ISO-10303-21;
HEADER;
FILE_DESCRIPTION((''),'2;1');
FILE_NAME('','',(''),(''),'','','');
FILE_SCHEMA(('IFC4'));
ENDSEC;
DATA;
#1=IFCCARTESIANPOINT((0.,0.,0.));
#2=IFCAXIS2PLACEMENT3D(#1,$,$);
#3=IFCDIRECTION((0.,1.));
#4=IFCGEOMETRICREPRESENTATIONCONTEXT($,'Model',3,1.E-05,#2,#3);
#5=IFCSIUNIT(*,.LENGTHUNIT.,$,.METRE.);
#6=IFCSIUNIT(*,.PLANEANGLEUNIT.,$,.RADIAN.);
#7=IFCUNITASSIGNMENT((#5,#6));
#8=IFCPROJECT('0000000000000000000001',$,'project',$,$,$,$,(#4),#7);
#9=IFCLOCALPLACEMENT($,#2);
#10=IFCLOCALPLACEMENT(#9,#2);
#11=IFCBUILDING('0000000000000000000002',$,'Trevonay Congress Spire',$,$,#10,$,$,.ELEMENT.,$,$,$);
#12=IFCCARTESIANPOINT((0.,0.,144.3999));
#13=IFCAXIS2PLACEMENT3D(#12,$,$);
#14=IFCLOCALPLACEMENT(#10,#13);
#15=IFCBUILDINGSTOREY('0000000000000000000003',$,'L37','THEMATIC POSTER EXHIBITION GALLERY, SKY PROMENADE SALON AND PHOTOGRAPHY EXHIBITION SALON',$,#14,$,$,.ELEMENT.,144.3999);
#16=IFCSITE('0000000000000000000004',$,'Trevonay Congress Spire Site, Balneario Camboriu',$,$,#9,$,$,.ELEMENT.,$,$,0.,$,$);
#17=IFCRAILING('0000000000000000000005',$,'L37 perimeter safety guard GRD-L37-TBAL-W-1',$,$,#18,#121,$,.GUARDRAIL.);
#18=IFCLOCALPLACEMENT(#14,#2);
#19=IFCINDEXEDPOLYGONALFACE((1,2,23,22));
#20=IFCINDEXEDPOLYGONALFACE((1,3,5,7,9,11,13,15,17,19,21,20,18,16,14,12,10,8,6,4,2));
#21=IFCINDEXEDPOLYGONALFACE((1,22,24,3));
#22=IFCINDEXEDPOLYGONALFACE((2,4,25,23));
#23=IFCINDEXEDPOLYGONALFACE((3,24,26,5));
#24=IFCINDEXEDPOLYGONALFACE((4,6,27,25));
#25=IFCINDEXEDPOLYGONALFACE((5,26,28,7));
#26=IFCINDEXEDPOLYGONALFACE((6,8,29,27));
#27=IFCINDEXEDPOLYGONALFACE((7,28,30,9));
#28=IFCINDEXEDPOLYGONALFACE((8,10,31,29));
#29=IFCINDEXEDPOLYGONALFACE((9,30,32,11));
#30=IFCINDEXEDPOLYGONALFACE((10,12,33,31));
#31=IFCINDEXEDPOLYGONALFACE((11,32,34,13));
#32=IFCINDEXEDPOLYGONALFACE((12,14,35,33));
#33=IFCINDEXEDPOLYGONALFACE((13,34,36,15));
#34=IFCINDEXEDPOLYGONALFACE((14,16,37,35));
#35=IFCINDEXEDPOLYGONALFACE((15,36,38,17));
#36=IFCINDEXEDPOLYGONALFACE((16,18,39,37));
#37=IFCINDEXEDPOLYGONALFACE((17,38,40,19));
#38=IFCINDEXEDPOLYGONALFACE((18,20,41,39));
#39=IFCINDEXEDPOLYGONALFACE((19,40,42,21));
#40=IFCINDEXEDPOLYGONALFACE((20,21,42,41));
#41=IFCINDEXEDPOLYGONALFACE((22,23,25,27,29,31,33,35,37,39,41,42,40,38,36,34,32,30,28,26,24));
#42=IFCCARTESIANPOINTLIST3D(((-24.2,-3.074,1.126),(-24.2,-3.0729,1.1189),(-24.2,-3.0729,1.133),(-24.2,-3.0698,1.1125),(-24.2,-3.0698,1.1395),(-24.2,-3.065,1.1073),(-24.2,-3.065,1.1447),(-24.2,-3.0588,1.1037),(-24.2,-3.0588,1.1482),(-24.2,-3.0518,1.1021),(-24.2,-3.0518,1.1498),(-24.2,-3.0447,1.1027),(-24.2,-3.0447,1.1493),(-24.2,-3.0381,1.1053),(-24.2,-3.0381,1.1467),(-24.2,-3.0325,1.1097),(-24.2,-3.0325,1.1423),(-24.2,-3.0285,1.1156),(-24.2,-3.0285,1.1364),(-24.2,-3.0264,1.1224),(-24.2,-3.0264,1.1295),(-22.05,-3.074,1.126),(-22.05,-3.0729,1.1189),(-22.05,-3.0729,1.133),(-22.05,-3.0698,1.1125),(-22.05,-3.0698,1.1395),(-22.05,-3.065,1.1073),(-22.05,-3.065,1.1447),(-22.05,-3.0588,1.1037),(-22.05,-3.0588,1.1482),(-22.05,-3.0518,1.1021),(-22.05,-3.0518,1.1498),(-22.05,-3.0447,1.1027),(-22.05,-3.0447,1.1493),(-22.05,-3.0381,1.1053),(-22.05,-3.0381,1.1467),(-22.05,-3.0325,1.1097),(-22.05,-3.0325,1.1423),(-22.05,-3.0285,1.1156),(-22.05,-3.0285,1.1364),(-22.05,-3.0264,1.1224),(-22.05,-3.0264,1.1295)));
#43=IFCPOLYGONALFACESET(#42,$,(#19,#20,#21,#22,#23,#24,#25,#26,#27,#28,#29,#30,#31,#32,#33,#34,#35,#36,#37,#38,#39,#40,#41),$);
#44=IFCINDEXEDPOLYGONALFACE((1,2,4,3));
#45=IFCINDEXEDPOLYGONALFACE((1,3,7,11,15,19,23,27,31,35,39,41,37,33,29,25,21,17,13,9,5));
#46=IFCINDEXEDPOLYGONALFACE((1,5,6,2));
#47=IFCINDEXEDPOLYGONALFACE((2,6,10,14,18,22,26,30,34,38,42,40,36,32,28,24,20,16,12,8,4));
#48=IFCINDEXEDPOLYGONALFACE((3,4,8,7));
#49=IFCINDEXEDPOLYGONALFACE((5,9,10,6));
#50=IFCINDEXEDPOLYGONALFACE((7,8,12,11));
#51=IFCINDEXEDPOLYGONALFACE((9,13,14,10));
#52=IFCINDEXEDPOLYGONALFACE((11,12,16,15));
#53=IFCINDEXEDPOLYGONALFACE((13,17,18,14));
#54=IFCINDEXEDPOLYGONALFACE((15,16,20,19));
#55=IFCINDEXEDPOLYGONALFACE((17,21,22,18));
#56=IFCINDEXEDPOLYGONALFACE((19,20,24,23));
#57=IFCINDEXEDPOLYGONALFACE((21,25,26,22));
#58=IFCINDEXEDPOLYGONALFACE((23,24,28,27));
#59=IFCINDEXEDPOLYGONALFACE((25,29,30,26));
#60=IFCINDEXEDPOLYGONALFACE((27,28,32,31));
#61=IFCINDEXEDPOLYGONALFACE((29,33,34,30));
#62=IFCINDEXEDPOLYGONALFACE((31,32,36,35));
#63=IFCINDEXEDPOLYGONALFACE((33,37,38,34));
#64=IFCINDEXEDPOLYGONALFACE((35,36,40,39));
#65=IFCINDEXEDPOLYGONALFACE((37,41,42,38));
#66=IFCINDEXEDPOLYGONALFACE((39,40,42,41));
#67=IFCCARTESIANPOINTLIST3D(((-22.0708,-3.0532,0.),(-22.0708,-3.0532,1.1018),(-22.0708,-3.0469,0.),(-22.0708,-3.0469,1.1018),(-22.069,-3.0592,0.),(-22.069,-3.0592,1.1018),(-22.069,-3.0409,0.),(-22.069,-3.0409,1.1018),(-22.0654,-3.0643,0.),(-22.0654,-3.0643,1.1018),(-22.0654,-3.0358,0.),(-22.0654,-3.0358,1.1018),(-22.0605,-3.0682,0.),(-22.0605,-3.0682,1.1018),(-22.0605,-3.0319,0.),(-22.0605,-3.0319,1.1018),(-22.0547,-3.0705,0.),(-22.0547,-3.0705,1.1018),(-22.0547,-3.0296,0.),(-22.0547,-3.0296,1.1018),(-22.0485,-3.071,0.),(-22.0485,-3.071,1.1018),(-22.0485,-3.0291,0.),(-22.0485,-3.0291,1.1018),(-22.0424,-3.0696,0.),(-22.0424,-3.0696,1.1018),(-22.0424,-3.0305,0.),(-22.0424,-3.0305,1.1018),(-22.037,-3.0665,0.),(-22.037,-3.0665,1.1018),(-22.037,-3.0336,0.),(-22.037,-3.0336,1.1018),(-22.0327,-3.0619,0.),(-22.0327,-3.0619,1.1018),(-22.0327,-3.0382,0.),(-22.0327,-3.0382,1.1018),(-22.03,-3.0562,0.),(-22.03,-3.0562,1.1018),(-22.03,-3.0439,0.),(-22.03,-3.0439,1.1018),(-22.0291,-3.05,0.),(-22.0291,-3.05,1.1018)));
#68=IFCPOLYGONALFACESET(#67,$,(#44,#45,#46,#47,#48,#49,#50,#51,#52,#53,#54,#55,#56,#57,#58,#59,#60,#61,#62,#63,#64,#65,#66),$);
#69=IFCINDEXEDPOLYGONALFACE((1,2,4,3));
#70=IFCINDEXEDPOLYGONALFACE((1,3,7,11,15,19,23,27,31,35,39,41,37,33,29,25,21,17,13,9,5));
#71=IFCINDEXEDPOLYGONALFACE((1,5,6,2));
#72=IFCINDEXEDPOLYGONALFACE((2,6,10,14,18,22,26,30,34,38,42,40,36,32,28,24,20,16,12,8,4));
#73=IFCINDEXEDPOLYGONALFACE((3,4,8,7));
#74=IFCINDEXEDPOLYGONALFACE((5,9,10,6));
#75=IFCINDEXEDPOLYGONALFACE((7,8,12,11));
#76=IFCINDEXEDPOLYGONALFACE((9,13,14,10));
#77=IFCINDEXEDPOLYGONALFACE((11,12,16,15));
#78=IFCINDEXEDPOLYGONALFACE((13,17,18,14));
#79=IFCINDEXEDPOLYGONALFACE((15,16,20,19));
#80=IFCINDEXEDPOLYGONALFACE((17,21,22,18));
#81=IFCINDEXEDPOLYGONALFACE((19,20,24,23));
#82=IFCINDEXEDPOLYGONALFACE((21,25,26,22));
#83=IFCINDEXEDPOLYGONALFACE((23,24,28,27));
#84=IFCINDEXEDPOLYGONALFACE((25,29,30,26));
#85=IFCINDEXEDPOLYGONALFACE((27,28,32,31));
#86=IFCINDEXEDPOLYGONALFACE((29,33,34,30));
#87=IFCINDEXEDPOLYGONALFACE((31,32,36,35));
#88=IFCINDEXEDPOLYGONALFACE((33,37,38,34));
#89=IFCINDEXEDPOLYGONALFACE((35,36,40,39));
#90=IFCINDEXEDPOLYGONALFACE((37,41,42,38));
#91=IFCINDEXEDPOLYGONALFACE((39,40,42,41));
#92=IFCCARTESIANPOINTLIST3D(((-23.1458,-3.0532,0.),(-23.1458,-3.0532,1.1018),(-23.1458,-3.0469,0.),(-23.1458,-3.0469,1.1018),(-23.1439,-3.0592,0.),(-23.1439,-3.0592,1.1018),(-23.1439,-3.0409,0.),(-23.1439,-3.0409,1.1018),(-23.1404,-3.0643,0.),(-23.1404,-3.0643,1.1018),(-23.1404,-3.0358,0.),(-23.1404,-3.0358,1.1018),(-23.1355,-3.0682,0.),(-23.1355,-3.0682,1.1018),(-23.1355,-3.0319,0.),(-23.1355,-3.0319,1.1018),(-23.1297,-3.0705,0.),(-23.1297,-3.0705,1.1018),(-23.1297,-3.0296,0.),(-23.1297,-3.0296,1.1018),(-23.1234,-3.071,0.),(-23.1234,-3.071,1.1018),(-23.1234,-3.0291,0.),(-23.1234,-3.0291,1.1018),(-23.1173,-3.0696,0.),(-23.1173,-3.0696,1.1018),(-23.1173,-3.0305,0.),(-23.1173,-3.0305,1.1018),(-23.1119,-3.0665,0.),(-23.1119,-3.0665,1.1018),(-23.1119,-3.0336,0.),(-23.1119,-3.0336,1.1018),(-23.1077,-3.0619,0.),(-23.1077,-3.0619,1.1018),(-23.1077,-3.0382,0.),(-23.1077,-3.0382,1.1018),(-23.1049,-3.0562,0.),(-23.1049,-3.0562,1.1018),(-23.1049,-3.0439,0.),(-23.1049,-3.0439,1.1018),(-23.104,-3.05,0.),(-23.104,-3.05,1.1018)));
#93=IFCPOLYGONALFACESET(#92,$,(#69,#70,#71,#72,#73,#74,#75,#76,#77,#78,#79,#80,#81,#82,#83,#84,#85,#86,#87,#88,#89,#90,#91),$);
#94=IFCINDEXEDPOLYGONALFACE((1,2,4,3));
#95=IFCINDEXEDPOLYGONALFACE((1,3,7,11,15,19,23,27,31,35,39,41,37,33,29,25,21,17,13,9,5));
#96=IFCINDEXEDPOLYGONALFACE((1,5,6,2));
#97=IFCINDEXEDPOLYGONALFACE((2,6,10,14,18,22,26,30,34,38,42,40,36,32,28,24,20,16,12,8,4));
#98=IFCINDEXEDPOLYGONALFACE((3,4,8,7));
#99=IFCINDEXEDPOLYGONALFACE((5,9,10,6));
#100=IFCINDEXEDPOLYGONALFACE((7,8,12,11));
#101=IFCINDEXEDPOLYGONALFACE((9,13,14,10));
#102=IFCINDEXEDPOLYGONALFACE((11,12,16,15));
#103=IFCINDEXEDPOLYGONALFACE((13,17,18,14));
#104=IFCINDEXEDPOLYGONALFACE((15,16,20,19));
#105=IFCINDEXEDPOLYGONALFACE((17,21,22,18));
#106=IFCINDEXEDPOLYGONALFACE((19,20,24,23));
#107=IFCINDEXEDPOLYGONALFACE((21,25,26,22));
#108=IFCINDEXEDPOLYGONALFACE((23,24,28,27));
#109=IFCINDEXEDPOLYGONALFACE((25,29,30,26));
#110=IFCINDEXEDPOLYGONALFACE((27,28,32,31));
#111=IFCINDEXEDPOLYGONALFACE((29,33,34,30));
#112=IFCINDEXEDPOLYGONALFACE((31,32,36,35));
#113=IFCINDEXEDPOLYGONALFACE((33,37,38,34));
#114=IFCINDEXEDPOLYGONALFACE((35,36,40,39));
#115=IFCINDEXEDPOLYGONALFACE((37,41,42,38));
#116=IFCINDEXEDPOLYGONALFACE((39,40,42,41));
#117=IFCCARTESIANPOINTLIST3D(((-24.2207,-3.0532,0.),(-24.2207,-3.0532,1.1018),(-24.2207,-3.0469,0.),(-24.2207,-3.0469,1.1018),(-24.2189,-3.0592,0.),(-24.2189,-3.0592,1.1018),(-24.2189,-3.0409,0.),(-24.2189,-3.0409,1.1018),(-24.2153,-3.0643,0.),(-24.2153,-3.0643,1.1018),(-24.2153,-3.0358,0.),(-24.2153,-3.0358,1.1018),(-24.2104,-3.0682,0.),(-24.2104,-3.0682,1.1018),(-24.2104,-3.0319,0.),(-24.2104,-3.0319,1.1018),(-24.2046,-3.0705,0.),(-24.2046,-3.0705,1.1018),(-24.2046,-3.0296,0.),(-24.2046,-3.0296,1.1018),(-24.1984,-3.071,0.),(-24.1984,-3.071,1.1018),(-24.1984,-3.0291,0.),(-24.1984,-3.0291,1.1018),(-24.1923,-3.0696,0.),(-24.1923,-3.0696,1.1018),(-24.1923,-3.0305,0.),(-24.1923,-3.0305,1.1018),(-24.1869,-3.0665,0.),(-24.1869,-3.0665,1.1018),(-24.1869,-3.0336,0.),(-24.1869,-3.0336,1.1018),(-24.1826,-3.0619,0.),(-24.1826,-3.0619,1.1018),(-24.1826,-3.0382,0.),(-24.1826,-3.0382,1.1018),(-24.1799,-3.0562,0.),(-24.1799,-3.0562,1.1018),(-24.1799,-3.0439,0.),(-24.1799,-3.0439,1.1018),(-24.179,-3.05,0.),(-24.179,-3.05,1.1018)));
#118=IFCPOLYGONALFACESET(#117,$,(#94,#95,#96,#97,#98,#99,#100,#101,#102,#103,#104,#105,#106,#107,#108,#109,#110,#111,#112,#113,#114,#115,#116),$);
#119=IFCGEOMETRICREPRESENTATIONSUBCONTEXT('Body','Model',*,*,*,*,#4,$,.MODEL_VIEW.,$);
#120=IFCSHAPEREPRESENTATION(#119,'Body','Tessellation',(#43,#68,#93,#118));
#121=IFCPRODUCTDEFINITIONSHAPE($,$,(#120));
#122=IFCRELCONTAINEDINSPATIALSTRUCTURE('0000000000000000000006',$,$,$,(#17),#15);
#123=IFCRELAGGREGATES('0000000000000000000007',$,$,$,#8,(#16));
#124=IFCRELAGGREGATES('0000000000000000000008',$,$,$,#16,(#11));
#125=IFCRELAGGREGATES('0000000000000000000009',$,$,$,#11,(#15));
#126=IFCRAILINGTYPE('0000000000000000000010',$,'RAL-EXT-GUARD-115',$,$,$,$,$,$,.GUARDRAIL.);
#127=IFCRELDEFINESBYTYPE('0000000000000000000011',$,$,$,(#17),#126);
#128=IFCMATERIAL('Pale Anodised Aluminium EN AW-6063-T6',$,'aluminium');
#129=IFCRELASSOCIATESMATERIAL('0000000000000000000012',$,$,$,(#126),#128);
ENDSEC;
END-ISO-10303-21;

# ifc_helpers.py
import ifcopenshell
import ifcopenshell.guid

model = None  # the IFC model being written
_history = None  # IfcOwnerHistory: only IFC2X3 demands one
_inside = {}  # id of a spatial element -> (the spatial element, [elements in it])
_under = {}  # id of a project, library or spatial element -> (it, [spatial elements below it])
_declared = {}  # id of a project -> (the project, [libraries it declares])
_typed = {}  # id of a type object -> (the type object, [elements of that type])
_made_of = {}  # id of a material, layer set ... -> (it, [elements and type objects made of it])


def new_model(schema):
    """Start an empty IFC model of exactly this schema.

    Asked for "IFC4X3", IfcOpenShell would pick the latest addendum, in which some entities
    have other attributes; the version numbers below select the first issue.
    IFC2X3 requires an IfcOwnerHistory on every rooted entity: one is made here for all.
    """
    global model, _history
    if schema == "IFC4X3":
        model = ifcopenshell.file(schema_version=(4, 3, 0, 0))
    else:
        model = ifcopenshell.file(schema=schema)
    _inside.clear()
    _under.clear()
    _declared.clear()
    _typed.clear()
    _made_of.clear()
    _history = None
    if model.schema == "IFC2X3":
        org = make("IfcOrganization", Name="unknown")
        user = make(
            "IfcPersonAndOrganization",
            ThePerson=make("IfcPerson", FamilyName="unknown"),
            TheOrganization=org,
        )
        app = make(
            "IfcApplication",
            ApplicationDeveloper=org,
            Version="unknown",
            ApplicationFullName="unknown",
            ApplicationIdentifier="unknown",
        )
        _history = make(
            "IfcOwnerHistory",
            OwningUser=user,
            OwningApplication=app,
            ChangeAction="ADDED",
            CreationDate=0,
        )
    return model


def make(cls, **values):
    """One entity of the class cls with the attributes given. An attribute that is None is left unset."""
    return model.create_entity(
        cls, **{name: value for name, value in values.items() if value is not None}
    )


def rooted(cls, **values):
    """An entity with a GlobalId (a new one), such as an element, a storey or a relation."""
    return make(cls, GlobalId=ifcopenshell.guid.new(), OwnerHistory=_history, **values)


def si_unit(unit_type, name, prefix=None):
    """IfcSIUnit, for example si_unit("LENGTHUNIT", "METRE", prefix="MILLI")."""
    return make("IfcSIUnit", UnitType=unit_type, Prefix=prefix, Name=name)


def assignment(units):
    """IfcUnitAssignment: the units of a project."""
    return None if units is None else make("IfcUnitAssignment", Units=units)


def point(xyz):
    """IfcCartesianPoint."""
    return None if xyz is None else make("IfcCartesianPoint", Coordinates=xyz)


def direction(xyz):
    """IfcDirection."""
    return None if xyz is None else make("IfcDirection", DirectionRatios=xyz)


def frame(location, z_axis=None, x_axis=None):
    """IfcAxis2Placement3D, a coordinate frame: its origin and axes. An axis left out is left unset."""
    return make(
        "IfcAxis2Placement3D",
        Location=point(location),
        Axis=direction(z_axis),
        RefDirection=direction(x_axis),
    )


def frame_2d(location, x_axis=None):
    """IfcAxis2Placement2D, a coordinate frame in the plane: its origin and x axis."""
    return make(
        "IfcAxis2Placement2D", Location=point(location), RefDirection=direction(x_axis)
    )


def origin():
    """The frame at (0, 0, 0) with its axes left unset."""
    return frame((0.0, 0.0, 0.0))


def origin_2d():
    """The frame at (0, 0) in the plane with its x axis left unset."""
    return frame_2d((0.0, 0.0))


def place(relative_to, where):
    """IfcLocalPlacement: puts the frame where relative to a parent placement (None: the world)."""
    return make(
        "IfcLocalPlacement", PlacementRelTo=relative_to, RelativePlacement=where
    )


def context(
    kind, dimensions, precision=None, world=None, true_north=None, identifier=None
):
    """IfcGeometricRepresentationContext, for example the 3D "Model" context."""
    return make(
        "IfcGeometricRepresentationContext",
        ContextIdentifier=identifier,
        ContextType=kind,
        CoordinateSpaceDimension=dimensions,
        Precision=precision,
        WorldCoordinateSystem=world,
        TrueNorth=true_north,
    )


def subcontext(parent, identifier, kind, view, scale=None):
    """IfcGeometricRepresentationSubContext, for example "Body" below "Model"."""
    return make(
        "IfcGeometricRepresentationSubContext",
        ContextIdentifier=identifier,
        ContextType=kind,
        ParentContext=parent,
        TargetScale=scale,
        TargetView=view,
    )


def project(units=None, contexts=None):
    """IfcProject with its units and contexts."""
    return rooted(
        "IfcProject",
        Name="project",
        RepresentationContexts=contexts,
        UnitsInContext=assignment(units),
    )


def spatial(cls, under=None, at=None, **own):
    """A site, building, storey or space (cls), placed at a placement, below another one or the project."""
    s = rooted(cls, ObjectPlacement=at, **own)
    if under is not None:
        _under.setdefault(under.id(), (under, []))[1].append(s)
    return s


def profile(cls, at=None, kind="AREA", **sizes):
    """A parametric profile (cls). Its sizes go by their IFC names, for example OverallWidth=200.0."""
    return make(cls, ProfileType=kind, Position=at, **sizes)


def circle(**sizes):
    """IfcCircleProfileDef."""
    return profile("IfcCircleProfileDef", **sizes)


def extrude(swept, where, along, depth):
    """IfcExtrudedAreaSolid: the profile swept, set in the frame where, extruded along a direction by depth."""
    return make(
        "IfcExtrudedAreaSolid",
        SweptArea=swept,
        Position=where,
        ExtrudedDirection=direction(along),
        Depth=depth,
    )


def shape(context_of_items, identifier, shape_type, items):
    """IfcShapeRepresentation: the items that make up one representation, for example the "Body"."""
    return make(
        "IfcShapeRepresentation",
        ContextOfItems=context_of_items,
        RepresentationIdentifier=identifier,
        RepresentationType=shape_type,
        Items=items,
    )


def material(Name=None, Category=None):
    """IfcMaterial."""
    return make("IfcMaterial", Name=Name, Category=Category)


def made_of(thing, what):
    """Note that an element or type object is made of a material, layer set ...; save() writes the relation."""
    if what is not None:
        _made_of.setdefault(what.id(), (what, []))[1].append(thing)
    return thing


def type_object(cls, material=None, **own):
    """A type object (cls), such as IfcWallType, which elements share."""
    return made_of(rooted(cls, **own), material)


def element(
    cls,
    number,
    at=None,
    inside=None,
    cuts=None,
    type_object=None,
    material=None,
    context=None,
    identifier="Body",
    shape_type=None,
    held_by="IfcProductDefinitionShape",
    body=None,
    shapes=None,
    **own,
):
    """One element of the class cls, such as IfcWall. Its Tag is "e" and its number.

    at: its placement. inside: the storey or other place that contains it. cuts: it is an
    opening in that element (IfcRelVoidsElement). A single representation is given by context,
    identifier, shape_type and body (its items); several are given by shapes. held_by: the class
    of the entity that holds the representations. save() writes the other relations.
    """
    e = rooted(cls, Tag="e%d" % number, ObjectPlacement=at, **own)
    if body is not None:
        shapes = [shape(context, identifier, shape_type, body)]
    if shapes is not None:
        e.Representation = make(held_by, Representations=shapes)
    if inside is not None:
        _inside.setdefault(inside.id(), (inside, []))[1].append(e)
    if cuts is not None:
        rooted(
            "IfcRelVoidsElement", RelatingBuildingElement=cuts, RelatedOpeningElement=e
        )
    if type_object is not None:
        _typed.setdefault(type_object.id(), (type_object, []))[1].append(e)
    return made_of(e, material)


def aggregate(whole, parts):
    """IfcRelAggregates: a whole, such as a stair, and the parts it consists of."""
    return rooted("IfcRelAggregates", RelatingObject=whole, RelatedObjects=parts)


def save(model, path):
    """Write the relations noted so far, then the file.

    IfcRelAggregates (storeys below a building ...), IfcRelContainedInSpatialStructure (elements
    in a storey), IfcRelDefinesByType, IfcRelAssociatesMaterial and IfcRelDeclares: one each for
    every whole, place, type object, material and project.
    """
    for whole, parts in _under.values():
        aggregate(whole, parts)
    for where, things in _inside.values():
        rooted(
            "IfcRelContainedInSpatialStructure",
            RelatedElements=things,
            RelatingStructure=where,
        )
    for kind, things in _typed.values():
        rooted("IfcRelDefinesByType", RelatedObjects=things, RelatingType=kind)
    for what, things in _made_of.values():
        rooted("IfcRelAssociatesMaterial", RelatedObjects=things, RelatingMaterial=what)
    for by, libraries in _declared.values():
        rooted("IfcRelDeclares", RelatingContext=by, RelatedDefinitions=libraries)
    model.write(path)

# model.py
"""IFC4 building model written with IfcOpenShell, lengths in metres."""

from ifc_helpers import new_model, si_unit, direction, frame, origin, origin_2d, place, context, subcontext, project, spatial, circle, extrude, material, type_object, element, save


model = new_model("IFC4")

# Units and contexts
model_context = context("Model", 3, precision=1e-05, world=origin(), true_north=direction((0.0, 1.0)))
body_context = subcontext(model_context, "Body", "Model", "MODEL_VIEW")
ifc_project = project(units=[si_unit("LENGTHUNIT", "METRE"), si_unit("PLANEANGLEUNIT", "RADIAN")], contexts=[model_context])

# Site, building, storey
site_placement = place(None, origin())
site = spatial("IfcSite", under=ifc_project, at=site_placement, Name="Trevonay Congress Spire Site, Balneario Camboriu", CompositionType="ELEMENT", RefElevation=0.0)
building_placement = place(site_placement, origin())
building = spatial("IfcBuilding", under=site, at=building_placement, Name="Trevonay Congress Spire", CompositionType="ELEMENT")
storey_placement = place(building_placement, frame((0.0, 0.0, 144.3999)))
storey = spatial("IfcBuildingStorey", under=building, at=storey_placement, Name="L37", Description="THEMATIC POSTER EXHIBITION GALLERY, SKY PROMENADE SALON AND PHOTOGRAPHY EXHIBITION SALON", CompositionType="ELEMENT", Elevation=144.3999)

# Shared definitions
ifc_material_1 = material(Name="Pale Anodised Aluminium EN AW-6063-T6", Category="aluminium")

# Railing
railing_type = type_object("IfcRailingType", Name="RAL-EXT-GUARD-115", PredefinedType="GUARDRAIL", material=ifc_material_1)
railing_1_placement = place(storey_placement, frame((-22.05, -3.05, 0.0)))
element("IfcRailing", 1, at=railing_1_placement, inside=storey, type_object=railing_type, Name="L37 perimeter safety guard GRD-L37-TBAL-W-1", PredefinedType="GUARDRAIL", context=body_context, shape_type="SweptSolid", body=[
    extrude(circle(Radius=0.0239, at=origin_2d()), frame((0.0, 0.0, 1.126), z_axis=(-1.0, 0.0, 0.0), x_axis=(0.0, -1.0, 0.0)), (0.0, 0.0, 1.0), 2.1499),
    extrude(circle(Radius=0.021, at=origin_2d()), origin(), (0.0, 0.0, 1.0), 1.1018),
    extrude(circle(Radius=0.021, at=origin_2d()), frame((-1.075, 0.0, 0.0)), (0.0, 0.0, 1.0), 1.1018),
    extrude(circle(Radius=0.021, at=origin_2d()), frame((-2.1499, 0.0, 0.0)), (0.0, 0.0, 1.0), 1.1018),
])

save(model, "model.ifc")
